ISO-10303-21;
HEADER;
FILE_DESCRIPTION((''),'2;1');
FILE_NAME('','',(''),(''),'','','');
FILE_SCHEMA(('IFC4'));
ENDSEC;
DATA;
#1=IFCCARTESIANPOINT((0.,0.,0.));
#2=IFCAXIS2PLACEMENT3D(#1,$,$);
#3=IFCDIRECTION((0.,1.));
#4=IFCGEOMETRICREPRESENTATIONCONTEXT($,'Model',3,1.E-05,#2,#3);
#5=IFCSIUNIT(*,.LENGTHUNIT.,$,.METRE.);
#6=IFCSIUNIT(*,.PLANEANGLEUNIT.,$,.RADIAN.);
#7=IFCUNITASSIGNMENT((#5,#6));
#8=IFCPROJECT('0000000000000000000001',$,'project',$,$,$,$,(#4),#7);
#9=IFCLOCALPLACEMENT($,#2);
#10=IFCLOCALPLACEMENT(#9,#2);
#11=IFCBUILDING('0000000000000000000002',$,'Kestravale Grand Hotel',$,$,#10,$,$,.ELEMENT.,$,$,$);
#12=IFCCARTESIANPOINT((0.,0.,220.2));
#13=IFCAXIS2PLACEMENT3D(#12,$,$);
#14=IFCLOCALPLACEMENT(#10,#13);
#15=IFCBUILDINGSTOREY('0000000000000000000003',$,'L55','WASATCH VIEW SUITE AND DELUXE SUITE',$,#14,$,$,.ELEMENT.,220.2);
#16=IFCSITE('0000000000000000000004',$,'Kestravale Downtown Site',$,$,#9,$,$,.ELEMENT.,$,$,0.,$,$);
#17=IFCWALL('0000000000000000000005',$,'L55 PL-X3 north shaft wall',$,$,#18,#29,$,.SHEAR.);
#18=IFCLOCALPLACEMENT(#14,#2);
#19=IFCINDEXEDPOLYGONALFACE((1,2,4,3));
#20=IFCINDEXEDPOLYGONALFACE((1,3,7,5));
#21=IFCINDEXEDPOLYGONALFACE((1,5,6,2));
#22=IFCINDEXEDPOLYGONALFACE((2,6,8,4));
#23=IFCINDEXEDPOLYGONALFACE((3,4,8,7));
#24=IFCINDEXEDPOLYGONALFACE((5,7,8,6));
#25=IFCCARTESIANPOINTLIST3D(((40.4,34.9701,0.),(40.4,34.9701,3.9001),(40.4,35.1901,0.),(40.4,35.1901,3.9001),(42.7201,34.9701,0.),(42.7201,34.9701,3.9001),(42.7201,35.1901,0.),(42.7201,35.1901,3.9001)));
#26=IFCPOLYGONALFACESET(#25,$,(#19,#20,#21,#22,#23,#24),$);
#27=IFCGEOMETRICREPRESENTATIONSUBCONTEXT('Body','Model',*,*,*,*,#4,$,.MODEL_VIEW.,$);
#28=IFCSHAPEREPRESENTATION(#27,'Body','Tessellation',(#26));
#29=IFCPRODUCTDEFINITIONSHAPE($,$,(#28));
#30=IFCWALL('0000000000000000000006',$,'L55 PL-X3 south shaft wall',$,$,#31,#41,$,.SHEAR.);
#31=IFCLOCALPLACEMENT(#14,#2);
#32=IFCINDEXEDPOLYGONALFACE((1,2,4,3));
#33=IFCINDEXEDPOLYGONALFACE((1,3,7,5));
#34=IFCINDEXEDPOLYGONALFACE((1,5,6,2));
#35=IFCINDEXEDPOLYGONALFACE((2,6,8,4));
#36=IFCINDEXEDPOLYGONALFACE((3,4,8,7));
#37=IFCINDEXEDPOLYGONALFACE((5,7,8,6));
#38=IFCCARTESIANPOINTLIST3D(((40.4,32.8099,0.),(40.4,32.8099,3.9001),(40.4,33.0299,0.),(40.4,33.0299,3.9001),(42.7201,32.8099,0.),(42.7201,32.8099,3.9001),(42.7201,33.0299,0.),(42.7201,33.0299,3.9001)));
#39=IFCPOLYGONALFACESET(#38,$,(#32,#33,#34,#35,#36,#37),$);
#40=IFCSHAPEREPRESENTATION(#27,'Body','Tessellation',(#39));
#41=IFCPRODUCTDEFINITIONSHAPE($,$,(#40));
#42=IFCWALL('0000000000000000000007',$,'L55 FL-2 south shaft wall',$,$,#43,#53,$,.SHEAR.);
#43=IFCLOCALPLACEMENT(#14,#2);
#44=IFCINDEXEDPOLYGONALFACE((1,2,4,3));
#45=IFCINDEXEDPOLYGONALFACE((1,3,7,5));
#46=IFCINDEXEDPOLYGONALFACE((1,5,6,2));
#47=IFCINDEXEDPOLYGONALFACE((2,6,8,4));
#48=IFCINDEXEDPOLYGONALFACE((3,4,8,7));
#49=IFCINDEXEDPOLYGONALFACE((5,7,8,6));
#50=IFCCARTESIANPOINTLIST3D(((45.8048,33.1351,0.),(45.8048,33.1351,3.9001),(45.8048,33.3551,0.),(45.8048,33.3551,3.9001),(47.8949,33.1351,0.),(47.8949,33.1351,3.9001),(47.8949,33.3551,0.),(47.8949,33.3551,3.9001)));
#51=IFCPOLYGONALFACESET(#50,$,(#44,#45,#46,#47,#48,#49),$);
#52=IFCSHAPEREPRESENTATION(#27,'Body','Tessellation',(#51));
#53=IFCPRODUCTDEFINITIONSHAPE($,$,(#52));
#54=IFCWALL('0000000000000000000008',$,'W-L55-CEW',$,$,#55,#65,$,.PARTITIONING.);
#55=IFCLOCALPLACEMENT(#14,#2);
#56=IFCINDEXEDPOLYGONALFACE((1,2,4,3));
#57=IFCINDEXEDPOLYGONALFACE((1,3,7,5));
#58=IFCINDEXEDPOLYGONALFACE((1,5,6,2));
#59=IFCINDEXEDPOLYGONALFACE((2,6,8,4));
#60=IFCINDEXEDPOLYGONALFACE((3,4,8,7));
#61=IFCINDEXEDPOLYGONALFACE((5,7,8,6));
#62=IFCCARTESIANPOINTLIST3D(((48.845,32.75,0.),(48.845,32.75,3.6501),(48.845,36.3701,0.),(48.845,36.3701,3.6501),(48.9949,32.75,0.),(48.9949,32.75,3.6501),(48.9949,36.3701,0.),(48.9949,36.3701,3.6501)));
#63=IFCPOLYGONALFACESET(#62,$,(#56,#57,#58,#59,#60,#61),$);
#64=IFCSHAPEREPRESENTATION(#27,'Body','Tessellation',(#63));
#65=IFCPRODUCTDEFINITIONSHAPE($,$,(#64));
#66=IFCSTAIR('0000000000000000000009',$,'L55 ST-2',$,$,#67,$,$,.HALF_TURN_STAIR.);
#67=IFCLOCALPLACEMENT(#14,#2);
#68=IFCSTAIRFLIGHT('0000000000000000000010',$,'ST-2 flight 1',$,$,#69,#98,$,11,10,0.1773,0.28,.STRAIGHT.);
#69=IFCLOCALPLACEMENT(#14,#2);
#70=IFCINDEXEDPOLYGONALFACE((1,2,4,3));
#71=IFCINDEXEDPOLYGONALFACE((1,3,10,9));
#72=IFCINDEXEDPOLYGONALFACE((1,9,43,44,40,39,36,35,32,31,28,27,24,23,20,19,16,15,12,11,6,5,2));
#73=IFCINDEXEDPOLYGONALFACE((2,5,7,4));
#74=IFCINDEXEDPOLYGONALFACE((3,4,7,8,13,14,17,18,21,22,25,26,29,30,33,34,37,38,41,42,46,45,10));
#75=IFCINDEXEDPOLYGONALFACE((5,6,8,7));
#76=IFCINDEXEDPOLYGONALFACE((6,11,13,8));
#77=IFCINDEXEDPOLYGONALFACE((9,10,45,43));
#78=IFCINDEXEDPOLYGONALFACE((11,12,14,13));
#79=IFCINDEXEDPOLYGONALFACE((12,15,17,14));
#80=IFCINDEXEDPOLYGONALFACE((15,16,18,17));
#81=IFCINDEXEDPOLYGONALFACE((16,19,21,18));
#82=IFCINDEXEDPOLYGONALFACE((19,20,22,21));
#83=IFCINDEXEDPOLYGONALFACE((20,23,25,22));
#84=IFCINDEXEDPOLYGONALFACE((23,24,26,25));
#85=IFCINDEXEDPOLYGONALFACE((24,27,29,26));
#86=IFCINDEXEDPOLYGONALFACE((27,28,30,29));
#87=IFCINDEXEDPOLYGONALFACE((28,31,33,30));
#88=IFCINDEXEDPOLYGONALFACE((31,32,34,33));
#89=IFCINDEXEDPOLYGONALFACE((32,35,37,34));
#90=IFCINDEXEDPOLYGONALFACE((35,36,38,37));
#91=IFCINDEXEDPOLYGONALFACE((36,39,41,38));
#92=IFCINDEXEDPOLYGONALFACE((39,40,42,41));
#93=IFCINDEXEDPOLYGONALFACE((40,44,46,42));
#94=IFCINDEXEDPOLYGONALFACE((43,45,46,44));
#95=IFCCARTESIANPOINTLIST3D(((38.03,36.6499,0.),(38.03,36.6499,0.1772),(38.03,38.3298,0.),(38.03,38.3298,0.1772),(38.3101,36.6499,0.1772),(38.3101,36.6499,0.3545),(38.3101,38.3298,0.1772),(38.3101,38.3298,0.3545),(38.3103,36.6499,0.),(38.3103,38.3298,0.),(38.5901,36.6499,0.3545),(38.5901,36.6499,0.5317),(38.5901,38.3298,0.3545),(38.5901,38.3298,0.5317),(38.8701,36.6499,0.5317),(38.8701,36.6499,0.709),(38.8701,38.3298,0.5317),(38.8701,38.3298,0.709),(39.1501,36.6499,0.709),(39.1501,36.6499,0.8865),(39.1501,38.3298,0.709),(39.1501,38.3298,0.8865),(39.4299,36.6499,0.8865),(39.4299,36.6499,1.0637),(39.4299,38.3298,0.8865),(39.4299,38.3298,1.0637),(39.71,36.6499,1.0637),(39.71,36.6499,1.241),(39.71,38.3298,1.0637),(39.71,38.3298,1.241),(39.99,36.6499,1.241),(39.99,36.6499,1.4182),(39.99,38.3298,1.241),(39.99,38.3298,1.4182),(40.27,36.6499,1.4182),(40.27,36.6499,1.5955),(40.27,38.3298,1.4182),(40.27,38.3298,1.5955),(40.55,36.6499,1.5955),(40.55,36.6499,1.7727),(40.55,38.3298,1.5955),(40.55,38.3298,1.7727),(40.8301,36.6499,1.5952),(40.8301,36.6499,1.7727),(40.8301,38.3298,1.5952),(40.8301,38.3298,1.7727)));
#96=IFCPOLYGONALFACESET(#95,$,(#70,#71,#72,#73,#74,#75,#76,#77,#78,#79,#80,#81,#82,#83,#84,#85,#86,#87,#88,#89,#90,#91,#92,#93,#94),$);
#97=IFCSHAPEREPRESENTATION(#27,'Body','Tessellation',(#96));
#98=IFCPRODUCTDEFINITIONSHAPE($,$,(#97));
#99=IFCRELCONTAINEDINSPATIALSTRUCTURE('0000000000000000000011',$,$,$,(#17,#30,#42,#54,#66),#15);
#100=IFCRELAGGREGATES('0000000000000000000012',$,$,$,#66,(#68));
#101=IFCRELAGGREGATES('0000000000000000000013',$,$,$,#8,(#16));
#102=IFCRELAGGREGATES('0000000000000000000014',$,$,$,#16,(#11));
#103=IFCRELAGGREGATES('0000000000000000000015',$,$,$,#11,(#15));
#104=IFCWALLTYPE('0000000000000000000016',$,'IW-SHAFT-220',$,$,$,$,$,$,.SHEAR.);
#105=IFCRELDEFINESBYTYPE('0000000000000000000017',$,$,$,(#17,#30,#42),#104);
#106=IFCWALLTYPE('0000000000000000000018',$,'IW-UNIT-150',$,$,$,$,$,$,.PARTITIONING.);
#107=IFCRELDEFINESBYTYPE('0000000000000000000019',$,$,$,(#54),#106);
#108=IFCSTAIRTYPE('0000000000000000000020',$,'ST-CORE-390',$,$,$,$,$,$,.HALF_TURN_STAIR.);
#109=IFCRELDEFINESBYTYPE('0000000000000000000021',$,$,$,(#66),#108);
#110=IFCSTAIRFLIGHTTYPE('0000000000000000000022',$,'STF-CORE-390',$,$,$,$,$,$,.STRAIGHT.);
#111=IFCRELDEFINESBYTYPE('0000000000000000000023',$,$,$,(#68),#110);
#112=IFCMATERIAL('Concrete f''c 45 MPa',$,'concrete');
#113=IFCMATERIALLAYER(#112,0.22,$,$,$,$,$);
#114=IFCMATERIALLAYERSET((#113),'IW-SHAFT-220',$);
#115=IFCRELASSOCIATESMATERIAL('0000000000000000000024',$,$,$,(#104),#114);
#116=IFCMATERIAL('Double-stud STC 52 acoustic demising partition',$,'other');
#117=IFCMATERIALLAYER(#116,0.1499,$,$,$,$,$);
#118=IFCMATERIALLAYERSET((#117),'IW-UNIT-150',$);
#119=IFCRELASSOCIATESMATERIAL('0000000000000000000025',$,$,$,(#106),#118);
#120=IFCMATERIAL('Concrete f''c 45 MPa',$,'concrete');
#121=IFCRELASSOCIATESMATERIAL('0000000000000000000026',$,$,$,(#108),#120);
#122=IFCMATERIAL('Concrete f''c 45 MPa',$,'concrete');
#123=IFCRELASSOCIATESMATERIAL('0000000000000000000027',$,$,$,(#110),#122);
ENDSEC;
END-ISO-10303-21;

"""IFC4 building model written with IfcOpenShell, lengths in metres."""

from ifc_helpers import new_model, si_unit, direction, frame, frame_2d, origin, place, context, subcontext, project, spatial, polyline, rectangle, outline, extrude, material, layer, layer_set, type_object, element, aggregate, save


model = new_model("IFC4")

# Units and contexts
model_context = context("Model", 3, precision=1e-05, world=origin(), true_north=direction((0.0, 1.0)))
body_context = subcontext(model_context, "Body", "Model", "MODEL_VIEW")
ifc_project = project(units=[si_unit("LENGTHUNIT", "METRE"), si_unit("PLANEANGLEUNIT", "RADIAN")], contexts=[model_context])

# Site, building, storey
site_placement = place(None, origin())
site = spatial("IfcSite", under=ifc_project, at=site_placement, Name="Kestravale Downtown Site", CompositionType="ELEMENT", RefElevation=0.0)
building_placement = place(site_placement, origin())
building = spatial("IfcBuilding", under=site, at=building_placement, Name="Kestravale Grand Hotel", CompositionType="ELEMENT")
storey_placement = place(building_placement, frame((0.0, 0.0, 220.2)))
storey = spatial("IfcBuildingStorey", under=building, at=storey_placement, Name="L55", Description="WASATCH VIEW SUITE AND DELUXE SUITE", CompositionType="ELEMENT", Elevation=220.2)

# Walls
ifc_material_1 = material(Name="Concrete f'c 45 MPa", Category="concrete")
ifc_layer_1 = layer(ifc_material_1, 0.22)
ifc_layer_set_1 = layer_set([ifc_layer_1], Name="IW-SHAFT-220")
wall_type_1 = type_object("IfcWallType", Name="IW-SHAFT-220", PredefinedType="SHEAR", material=ifc_layer_set_1)
for number, where, z_axis, x_axis, name in (
    (1, (40.3999, 35.0801, 0.0), (0.0, 0.0, 1.0), (1.0, 0.0, 0.0), "L55 PL-X3 north shaft wall"),
    (2, (40.3999, 32.9199, 0.0), (0.0, 0.0, 1.0), (1.0, 0.0, 0.0), "L55 PL-X3 south shaft wall"),
):
    element("IfcWall", number, at=place(storey_placement, frame(where, z_axis=z_axis, x_axis=x_axis)), inside=storey, type_object=wall_type_1, Name=name, PredefinedType="SHEAR", context=body_context, shape_type="SweptSolid", body=[
        extrude(rectangle(XDim=2.3201, YDim=0.22, at=frame_2d((1.1602, 0.0))), origin(), (0.0, 0.0, 1.0), 3.9001),
    ])

# Walls
wall_1_placement = place(storey_placement, frame((45.8049, 33.2451, 0.0), z_axis=(0.0, 0.0, 1.0), x_axis=(1.0, 0.0, 0.0)))
element("IfcWall", 3, at=wall_1_placement, inside=storey, type_object=wall_type_1, Name="L55 FL-2 south shaft wall", PredefinedType="SHEAR", context=body_context, shape_type="SweptSolid", body=[
    extrude(rectangle(XDim=2.0901, YDim=0.22, at=frame_2d((1.0449, 0.0))), origin(), (0.0, 0.0, 1.0), 3.9001),
])
ifc_material_2 = material(Name="Double-stud STC 52 acoustic demising partition", Category="other")
ifc_layer_2 = layer(ifc_material_2, 0.1499)
ifc_layer_set_2 = layer_set([ifc_layer_2], Name="IW-UNIT-150")
wall_type_2 = type_object("IfcWallType", Name="IW-UNIT-150", PredefinedType="PARTITIONING", material=ifc_layer_set_2)
wall_2_placement = place(storey_placement, frame((48.9199, 32.75, 0.0), z_axis=(0.0, 0.0, 1.0), x_axis=(0.0, 1.0, 0.0)))
element("IfcWall", 4, at=wall_2_placement, inside=storey, type_object=wall_type_2, Name="W-L55-CEW", PredefinedType="PARTITIONING", context=body_context, shape_type="SweptSolid", body=[
    extrude(rectangle(XDim=3.6201, YDim=0.1499, at=frame_2d((1.8101, 0.0))), origin(), (0.0, 0.0, 1.0), 3.6501),
])

# Stair, stair flight
ifc_material_3 = material(Name="Concrete f'c 45 MPa", Category="concrete")
stair_type = type_object("IfcStairType", Name="ST-CORE-390", PredefinedType="HALF_TURN_STAIR", material=ifc_material_3)
stair_placement = place(storey_placement, origin())
stair = element("IfcStair", 5, at=stair_placement, inside=storey, type_object=stair_type, Name="L55 ST-2", PredefinedType="HALF_TURN_STAIR")
ifc_material_4 = material(Name="Concrete f'c 45 MPa", Category="concrete")
stair_flight_type = type_object("IfcStairFlightType", Name="STF-CORE-390", PredefinedType="STRAIGHT", material=ifc_material_4)
stair_flight_placement = place(storey_placement, frame((38.03, 37.49, 0.0), z_axis=(0.0, 0.0, 1.0), x_axis=(1.0, 0.0, 0.0)))
stair_flight = element("IfcStairFlight", 6, at=stair_flight_placement, type_object=stair_flight_type, Name="ST-2 flight 1", NumberOfRisers=11, NumberOfTreads=10, PredefinedType="STRAIGHT", RiserHeight=0.1773, TreadLength=0.28, context=body_context, shape_type="SweptSolid", body=[
    extrude(outline(polyline([(0.0, 0.0), (0.0, 0.1772), (0.28, 0.1772), (0.28, 0.3545), (0.5601, 0.3545), (0.5601, 0.5317), (0.8401, 0.5317), (0.8401, 0.709), (1.1201, 0.709), (1.1201, 0.8865), (1.3999, 0.8865), (1.3999, 1.0637), (1.6799, 1.0637), (1.6799, 1.241), (1.96, 1.241), (1.96, 1.4182), (2.24, 1.4182), (2.24, 1.5955), (2.52, 1.5955), (2.52, 1.7727), (2.8, 1.7727), (2.8, 1.95), (2.8, 1.5952), (0.2803, 0.0), (0.0, 0.0)])), frame((0.0, 0.8398, 0.0), z_axis=(0.0, -1.0, 0.0), x_axis=(1.0, 0.0, 0.0)), (0.0, 0.0, 1.0), 1.6799),
])
aggregate(stair, [stair_flight])

save(model, "model.ifc")
